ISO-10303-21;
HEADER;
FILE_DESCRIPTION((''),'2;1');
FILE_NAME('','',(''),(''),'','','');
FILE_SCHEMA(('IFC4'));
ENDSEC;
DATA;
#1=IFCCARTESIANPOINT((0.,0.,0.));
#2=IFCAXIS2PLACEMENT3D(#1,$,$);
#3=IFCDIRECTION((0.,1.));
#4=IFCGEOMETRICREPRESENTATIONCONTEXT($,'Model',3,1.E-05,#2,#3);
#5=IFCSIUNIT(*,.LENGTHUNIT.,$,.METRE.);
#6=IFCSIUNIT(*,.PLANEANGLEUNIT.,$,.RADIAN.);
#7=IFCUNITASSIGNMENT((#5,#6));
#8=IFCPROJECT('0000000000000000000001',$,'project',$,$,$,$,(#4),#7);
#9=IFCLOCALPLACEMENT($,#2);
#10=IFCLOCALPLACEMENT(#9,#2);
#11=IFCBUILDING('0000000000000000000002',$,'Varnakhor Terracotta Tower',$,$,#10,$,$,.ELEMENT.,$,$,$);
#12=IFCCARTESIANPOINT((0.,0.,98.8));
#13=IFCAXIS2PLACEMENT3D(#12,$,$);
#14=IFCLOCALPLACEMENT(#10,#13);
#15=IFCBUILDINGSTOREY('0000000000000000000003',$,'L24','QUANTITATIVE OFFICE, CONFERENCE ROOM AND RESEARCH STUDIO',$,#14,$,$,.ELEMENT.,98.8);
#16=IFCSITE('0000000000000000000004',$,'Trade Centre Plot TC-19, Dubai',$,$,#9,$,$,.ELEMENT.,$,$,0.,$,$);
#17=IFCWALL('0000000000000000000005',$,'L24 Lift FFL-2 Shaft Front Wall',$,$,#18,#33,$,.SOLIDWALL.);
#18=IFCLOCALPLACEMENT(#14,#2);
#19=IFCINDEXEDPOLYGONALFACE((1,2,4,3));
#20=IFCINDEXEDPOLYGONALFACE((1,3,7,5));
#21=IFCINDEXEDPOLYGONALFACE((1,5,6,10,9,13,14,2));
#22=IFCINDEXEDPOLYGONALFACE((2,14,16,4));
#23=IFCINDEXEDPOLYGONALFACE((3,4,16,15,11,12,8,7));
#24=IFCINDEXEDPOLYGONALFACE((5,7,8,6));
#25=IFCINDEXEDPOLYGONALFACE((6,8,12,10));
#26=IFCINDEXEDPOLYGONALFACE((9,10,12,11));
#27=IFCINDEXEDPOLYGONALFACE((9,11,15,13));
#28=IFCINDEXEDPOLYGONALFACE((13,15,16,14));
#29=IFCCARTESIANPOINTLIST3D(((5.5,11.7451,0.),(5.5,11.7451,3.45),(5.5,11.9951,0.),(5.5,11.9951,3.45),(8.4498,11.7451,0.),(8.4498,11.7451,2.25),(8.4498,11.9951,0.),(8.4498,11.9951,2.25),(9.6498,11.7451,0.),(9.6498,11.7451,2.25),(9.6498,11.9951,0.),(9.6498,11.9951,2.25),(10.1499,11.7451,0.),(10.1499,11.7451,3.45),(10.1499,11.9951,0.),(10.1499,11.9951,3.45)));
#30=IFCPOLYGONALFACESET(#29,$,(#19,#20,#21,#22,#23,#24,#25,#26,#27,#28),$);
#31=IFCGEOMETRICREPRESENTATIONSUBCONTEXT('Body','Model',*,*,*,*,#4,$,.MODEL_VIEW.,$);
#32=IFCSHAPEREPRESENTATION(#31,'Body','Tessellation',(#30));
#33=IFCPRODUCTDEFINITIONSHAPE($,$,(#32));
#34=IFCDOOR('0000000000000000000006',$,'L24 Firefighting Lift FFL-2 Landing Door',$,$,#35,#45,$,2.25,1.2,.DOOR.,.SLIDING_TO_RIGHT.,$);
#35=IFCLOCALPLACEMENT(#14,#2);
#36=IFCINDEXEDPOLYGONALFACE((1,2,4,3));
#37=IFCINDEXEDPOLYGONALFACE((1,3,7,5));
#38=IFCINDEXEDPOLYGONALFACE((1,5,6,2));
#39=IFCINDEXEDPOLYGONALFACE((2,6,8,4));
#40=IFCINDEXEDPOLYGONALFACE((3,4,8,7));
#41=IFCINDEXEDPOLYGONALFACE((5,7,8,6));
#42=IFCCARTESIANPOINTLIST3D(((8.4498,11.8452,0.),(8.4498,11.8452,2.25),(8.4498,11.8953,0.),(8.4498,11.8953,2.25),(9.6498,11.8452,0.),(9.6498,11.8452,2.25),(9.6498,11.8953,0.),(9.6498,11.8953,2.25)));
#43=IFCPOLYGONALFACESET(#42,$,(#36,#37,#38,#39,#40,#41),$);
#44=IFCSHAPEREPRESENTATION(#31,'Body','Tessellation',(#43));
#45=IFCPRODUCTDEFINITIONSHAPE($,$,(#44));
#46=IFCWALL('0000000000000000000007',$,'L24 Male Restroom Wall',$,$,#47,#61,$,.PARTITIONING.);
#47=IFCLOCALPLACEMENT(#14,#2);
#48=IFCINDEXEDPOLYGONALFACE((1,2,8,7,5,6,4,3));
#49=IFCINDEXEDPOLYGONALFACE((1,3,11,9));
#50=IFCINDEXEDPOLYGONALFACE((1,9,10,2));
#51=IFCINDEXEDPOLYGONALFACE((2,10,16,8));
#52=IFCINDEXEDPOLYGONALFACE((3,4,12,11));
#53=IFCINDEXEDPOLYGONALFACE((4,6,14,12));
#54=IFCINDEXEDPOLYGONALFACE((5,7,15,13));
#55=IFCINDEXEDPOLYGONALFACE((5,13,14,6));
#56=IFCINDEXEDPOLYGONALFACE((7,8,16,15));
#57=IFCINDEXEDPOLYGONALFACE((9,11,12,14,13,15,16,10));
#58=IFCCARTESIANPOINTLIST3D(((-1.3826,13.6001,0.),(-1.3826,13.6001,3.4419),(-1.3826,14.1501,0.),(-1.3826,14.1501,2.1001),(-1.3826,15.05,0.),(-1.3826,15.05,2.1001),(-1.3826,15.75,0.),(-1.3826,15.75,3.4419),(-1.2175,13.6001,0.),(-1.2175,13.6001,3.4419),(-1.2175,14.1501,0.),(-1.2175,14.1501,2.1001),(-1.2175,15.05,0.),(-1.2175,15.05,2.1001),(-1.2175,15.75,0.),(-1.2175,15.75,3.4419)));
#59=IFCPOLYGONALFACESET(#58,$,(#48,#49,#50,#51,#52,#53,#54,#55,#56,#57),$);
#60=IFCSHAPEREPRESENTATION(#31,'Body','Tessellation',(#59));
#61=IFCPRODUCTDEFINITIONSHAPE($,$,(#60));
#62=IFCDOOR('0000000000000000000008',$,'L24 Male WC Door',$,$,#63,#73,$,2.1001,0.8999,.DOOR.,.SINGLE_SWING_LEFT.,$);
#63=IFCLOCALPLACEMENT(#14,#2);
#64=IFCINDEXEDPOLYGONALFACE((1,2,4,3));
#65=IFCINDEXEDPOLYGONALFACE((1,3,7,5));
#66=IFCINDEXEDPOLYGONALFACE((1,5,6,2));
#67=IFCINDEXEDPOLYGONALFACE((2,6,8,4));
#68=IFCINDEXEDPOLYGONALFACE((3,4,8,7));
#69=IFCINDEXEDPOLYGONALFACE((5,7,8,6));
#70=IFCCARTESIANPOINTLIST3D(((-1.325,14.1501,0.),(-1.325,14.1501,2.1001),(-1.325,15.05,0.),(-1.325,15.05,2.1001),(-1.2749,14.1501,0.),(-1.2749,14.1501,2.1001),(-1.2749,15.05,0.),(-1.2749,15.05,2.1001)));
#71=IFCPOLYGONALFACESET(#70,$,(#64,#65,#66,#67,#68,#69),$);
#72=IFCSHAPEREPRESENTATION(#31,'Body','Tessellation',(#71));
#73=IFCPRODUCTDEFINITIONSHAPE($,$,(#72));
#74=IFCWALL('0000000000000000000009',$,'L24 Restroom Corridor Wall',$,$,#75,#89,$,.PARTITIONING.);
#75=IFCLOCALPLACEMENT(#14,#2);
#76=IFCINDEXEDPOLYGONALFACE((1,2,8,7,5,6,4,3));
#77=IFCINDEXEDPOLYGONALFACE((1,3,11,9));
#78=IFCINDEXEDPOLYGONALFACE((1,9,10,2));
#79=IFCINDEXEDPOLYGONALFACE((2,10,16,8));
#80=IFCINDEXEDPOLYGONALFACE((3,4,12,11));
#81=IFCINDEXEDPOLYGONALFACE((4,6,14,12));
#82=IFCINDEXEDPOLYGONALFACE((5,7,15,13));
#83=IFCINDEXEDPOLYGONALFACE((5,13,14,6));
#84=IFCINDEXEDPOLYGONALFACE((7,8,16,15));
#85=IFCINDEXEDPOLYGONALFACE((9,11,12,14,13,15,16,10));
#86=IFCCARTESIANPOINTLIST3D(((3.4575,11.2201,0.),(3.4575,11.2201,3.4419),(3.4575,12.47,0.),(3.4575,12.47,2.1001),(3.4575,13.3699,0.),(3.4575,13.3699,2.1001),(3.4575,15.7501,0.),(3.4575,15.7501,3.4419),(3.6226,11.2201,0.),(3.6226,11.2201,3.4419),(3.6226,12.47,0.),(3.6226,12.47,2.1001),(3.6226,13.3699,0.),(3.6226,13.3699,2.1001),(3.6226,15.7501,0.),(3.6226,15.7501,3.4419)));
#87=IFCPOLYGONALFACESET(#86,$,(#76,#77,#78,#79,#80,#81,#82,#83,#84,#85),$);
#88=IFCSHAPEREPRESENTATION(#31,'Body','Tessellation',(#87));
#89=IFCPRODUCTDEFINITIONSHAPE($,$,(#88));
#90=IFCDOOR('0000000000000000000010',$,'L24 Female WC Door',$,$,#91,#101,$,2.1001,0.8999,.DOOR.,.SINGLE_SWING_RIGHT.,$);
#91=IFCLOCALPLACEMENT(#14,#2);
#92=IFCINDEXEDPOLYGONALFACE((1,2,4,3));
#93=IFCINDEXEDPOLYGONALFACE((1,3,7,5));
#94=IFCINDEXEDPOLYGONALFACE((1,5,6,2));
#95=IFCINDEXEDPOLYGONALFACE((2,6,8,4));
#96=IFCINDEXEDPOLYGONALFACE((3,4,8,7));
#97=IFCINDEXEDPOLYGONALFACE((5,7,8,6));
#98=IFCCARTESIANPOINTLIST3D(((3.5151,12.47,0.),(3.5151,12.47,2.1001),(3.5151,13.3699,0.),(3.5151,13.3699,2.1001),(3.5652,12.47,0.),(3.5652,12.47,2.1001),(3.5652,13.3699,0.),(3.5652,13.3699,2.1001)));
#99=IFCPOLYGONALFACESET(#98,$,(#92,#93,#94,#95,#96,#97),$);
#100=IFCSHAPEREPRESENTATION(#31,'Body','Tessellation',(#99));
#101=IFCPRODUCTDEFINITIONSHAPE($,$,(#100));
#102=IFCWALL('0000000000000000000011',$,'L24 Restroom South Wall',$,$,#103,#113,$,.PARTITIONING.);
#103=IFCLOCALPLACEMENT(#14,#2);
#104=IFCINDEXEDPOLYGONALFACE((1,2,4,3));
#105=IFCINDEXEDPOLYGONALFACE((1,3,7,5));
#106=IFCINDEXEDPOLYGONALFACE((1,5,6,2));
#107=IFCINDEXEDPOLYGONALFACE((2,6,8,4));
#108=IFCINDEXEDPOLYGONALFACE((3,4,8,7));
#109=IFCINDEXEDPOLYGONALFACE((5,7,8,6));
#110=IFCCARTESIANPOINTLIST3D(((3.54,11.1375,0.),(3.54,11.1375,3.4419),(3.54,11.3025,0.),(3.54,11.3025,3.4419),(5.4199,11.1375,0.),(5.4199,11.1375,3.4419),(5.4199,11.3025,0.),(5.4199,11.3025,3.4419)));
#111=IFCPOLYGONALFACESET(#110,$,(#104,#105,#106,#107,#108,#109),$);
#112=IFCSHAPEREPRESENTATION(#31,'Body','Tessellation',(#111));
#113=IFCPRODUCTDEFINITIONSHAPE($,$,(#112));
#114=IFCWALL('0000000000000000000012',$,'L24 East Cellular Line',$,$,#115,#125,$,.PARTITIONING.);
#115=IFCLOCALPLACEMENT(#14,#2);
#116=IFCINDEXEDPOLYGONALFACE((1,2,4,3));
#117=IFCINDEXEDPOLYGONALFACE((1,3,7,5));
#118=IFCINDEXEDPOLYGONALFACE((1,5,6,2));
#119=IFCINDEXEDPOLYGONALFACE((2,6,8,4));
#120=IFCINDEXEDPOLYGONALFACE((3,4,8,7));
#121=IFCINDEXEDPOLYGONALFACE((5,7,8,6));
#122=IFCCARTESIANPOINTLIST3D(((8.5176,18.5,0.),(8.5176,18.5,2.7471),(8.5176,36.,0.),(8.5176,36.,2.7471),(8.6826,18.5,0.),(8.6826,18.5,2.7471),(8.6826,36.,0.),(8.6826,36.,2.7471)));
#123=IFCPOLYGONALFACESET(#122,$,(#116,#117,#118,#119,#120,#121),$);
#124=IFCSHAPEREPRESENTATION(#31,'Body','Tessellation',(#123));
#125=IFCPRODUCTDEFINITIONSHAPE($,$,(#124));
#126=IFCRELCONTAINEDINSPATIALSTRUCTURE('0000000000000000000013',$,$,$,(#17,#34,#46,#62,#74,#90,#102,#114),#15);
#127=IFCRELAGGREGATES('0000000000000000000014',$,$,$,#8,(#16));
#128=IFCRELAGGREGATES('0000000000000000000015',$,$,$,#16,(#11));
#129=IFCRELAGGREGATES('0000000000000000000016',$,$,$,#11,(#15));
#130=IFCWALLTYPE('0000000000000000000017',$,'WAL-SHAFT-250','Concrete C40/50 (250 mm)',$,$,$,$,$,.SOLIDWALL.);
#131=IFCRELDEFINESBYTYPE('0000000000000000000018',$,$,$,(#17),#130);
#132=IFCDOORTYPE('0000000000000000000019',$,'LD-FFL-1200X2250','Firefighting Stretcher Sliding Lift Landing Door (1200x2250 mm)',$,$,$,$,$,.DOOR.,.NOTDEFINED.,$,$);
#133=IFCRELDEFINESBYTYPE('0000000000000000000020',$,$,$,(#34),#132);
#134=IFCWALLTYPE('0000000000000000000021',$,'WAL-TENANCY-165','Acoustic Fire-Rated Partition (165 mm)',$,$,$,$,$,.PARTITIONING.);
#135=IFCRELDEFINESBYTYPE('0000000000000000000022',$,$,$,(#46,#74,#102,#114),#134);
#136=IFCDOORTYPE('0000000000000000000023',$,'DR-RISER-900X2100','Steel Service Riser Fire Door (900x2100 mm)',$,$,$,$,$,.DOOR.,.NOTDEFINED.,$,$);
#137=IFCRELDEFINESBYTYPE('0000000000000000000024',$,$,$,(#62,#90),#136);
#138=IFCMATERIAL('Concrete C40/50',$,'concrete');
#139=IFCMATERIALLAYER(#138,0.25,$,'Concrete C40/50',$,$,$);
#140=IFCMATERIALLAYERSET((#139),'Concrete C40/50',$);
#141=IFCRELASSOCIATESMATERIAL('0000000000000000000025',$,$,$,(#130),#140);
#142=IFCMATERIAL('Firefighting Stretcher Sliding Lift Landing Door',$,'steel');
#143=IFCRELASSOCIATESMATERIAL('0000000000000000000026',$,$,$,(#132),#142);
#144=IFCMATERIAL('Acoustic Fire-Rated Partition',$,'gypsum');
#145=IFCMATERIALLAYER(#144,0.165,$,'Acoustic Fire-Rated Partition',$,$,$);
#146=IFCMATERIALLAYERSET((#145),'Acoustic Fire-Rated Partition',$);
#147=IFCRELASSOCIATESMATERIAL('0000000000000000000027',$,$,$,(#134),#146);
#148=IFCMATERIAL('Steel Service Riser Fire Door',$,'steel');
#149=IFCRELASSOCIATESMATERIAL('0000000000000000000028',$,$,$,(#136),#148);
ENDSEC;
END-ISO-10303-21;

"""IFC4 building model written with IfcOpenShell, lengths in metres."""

from ifc_helpers import new_model, si_unit, direction, frame, frame_2d, origin, place, context, subcontext, project, spatial, rectangle, extrude, source, transform, mapped, material, layer, layer_set, type_object, type_shapes, element, fill, save


model = new_model("IFC4")

# Units and contexts
model_context = context("Model", 3, precision=1e-05, world=origin(), true_north=direction((0.0, 1.0)))
body_context = subcontext(model_context, "Body", "Model", "MODEL_VIEW")
ifc_project = project(units=[si_unit("LENGTHUNIT", "METRE"), si_unit("PLANEANGLEUNIT", "RADIAN")], contexts=[model_context])

# Site, building, storey
site_placement = place(None, origin())
site = spatial("IfcSite", under=ifc_project, at=site_placement, Name="Trade Centre Plot TC-19, Dubai", CompositionType="ELEMENT", RefElevation=0.0)
building_placement = place(site_placement, origin())
building = spatial("IfcBuilding", under=site, at=building_placement, Name="Varnakhor Terracotta Tower", CompositionType="ELEMENT")
storey_placement = place(building_placement, frame((0.0, 0.0, 98.8)))
storey = spatial("IfcBuildingStorey", under=building, at=storey_placement, Name="L24", Description="QUANTITATIVE OFFICE, CONFERENCE ROOM AND RESEARCH STUDIO", CompositionType="ELEMENT", Elevation=98.8)

# Shared definitions
ifc_material_1 = material(Name="Concrete C40/50", Category="concrete")

# Walls, openings, doors
ifc_layer_1 = layer(ifc_material_1, 0.25, Name="Concrete C40/50")
ifc_layer_set_1 = layer_set([ifc_layer_1], Name="Concrete C40/50")
wall_type_1 = type_object("IfcWallType", Name="WAL-SHAFT-250", Description="Concrete C40/50 (250 mm)", PredefinedType="SOLIDWALL", material=ifc_layer_set_1)
wall_1_placement = place(storey_placement, frame((10.1499, 11.8701, 0.0), z_axis=(0.0, 0.0, 1.0), x_axis=(-1.0, 0.0, 0.0)))
wall_1 = element("IfcWall", 1, at=wall_1_placement, inside=storey, type_object=wall_type_1, Name="L24 Lift FFL-2 Shaft Front Wall", PredefinedType="SOLIDWALL", context=body_context, shape_type="SweptSolid", body=[
    extrude(rectangle(XDim=4.6499, YDim=0.25, at=frame_2d((2.325, 0.0))), origin(), (0.0, 0.0, 1.0), 3.45),
])
opening_1_placement = place(wall_1_placement, frame((0.5, 0.0, 0.0)))
opening_1 = element("IfcOpeningElement", 2, at=opening_1_placement, cuts=wall_1, PredefinedType="OPENING", context=body_context, shape_type="SweptSolid", body=[
    extrude(rectangle(XDim=1.2, YDim=2.25, at=frame_2d((0.6001, 1.125))), frame((0.0, 0.135, 0.0), z_axis=(0.0, -1.0, 0.0), x_axis=(1.0, 0.0, 0.0)), (0.0, 0.0, 1.0), 0.27),
])
ifc_material_2 = material(Name="Firefighting Stretcher Sliding Lift Landing Door", Category="steel")
door_type_1 = type_object("IfcDoorType", Name="LD-FFL-1200X2250", Description="Firefighting Stretcher Sliding Lift Landing Door (1200x2250 mm)", OperationType="NOTDEFINED", PredefinedType="DOOR", material=ifc_material_2)
shared_shape_1 = source(origin(), body_context, "Body", "SweptSolid", [
    extrude(rectangle(XDim=1.2, YDim=2.25, at=frame_2d((0.6001, 1.125))), frame((0.0, 0.0249, 0.0), z_axis=(0.0, -1.0, 0.0), x_axis=(1.0, 0.0, 0.0)), (0.0, 0.0, 1.0), 0.05),
])
type_shapes(door_type_1, [shared_shape_1])
door_1_placement = place(opening_1_placement, origin())
door_1 = element("IfcDoor", 3, at=door_1_placement, inside=storey, type_object=door_type_1, Name="L24 Firefighting Lift FFL-2 Landing Door", OperationType="SLIDING_TO_RIGHT", OverallHeight=2.25, OverallWidth=1.2, PredefinedType="DOOR", context=body_context, shape_type="MappedRepresentation", body=[
    mapped(shared_shape_1, transform((0.0, 0.0, 0.0), scale=1.0)),
])
fill(opening_1, door_1)
ifc_material_3 = material(Name="Acoustic Fire-Rated Partition", Category="gypsum")
ifc_layer_2 = layer(ifc_material_3, 0.165, Name="Acoustic Fire-Rated Partition")
ifc_layer_set_2 = layer_set([ifc_layer_2], Name="Acoustic Fire-Rated Partition")
wall_type_2 = type_object("IfcWallType", Name="WAL-TENANCY-165", Description="Acoustic Fire-Rated Partition (165 mm)", PredefinedType="PARTITIONING", material=ifc_layer_set_2)
wall_2_placement = place(storey_placement, frame((-1.3, 13.6001, 0.0), z_axis=(0.0, 0.0, 1.0), x_axis=(0.0, 1.0, 0.0)))
wall_2 = element("IfcWall", 4, at=wall_2_placement, inside=storey, type_object=wall_type_2, Name="L24 Male Restroom Wall", PredefinedType="PARTITIONING", context=body_context, shape_type="SweptSolid", body=[
    extrude(rectangle(XDim=2.1499, YDim=0.165, at=frame_2d((1.075, 0.0))), origin(), (0.0, 0.0, 1.0), 3.4419),
])
opening_2_placement = place(wall_2_placement, frame((0.55, 0.0, 0.0)))
opening_2 = element("IfcOpeningElement", 5, at=opening_2_placement, cuts=wall_2, PredefinedType="OPENING", context=body_context, shape_type="SweptSolid", body=[
    extrude(rectangle(XDim=0.8999, YDim=2.1001, at=frame_2d((0.45, 1.05))), frame((0.0, 0.0925, 0.0), z_axis=(0.0, -1.0, 0.0), x_axis=(1.0, 0.0, 0.0)), (0.0, 0.0, 1.0), 0.1851),
])
ifc_material_4 = material(Name="Steel Service Riser Fire Door", Category="steel")
door_type_2 = type_object("IfcDoorType", Name="DR-RISER-900X2100", Description="Steel Service Riser Fire Door (900x2100 mm)", OperationType="NOTDEFINED", PredefinedType="DOOR", material=ifc_material_4)
shared_shape_2 = source(origin(), body_context, "Body", "SweptSolid", [
    extrude(rectangle(XDim=0.8999, YDim=2.1001, at=frame_2d((0.45, 1.05))), frame((0.0, 0.0249, 0.0), z_axis=(0.0, -1.0, 0.0), x_axis=(1.0, 0.0, 0.0)), (0.0, 0.0, 1.0), 0.05),
])
type_shapes(door_type_2, [shared_shape_2])
door_2_placement = place(opening_2_placement, origin())
door_2 = element("IfcDoor", 6, at=door_2_placement, inside=storey, type_object=door_type_2, Name="L24 Male WC Door", OperationType="SINGLE_SWING_LEFT", OverallHeight=2.1001, OverallWidth=0.8999, PredefinedType="DOOR", context=body_context, shape_type="MappedRepresentation", body=[
    mapped(shared_shape_2, transform((0.0, 0.0, 0.0), scale=1.0)),
])
fill(opening_2, door_2)
wall_3_placement = place(storey_placement, frame((3.54, 11.22, 0.0), z_axis=(0.0, 0.0, 1.0), x_axis=(0.0, 1.0, 0.0)))
wall_3 = element("IfcWall", 7, at=wall_3_placement, inside=storey, type_object=wall_type_2, Name="L24 Restroom Corridor Wall", PredefinedType="PARTITIONING", context=body_context, shape_type="SweptSolid", body=[
    extrude(rectangle(XDim=4.53, YDim=0.165, at=frame_2d((2.2651, 0.0))), origin(), (0.0, 0.0, 1.0), 3.4419),
])
opening_3_placement = place(wall_3_placement, frame((1.25, 0.0, 0.0)))
opening_3 = element("IfcOpeningElement", 8, at=opening_3_placement, cuts=wall_3, PredefinedType="OPENING", context=body_context, shape_type="SweptSolid", body=[
    extrude(rectangle(XDim=0.8999, YDim=2.1001, at=frame_2d((0.45, 1.05))), frame((0.0, 0.0925, 0.0), z_axis=(0.0, -1.0, 0.0), x_axis=(1.0, 0.0, 0.0)), (0.0, 0.0, 1.0), 0.1851),
])
door_3_placement = place(opening_3_placement, origin())
door_3 = element("IfcDoor", 9, at=door_3_placement, inside=storey, type_object=door_type_2, Name="L24 Female WC Door", OperationType="SINGLE_SWING_RIGHT", OverallHeight=2.1001, OverallWidth=0.8999, PredefinedType="DOOR", context=body_context, shape_type="MappedRepresentation", body=[
    mapped(shared_shape_2, transform((0.0, 0.0, 0.0), scale=1.0)),
])
fill(opening_3, door_3)

# Walls
wall_4_placement = place(storey_placement, frame((3.54, 11.22, 0.0), z_axis=(0.0, 0.0, 1.0), x_axis=(1.0, 0.0, 0.0)))
element("IfcWall", 10, at=wall_4_placement, inside=storey, type_object=wall_type_2, Name="L24 Restroom South Wall", PredefinedType="PARTITIONING", context=body_context, shape_type="SweptSolid", body=[
    extrude(rectangle(XDim=1.8799, YDim=0.165, at=frame_2d((0.9399, 0.0))), origin(), (0.0, 0.0, 1.0), 3.4419),
])
wall_5_placement = place(storey_placement, frame((8.6001, 18.5, 0.0), z_axis=(0.0, 0.0, 1.0), x_axis=(0.0, 1.0, 0.0)))
element("IfcWall", 11, at=wall_5_placement, inside=storey, type_object=wall_type_2, Name="L24 East Cellular Line", PredefinedType="PARTITIONING", context=body_context, shape_type="SweptSolid", body=[
    extrude(rectangle(XDim=17.5, YDim=0.165, at=frame_2d((8.75, 0.0))), origin(), (0.0, 0.0, 1.0), 2.7471),
])

save(model, "model.ifc")
